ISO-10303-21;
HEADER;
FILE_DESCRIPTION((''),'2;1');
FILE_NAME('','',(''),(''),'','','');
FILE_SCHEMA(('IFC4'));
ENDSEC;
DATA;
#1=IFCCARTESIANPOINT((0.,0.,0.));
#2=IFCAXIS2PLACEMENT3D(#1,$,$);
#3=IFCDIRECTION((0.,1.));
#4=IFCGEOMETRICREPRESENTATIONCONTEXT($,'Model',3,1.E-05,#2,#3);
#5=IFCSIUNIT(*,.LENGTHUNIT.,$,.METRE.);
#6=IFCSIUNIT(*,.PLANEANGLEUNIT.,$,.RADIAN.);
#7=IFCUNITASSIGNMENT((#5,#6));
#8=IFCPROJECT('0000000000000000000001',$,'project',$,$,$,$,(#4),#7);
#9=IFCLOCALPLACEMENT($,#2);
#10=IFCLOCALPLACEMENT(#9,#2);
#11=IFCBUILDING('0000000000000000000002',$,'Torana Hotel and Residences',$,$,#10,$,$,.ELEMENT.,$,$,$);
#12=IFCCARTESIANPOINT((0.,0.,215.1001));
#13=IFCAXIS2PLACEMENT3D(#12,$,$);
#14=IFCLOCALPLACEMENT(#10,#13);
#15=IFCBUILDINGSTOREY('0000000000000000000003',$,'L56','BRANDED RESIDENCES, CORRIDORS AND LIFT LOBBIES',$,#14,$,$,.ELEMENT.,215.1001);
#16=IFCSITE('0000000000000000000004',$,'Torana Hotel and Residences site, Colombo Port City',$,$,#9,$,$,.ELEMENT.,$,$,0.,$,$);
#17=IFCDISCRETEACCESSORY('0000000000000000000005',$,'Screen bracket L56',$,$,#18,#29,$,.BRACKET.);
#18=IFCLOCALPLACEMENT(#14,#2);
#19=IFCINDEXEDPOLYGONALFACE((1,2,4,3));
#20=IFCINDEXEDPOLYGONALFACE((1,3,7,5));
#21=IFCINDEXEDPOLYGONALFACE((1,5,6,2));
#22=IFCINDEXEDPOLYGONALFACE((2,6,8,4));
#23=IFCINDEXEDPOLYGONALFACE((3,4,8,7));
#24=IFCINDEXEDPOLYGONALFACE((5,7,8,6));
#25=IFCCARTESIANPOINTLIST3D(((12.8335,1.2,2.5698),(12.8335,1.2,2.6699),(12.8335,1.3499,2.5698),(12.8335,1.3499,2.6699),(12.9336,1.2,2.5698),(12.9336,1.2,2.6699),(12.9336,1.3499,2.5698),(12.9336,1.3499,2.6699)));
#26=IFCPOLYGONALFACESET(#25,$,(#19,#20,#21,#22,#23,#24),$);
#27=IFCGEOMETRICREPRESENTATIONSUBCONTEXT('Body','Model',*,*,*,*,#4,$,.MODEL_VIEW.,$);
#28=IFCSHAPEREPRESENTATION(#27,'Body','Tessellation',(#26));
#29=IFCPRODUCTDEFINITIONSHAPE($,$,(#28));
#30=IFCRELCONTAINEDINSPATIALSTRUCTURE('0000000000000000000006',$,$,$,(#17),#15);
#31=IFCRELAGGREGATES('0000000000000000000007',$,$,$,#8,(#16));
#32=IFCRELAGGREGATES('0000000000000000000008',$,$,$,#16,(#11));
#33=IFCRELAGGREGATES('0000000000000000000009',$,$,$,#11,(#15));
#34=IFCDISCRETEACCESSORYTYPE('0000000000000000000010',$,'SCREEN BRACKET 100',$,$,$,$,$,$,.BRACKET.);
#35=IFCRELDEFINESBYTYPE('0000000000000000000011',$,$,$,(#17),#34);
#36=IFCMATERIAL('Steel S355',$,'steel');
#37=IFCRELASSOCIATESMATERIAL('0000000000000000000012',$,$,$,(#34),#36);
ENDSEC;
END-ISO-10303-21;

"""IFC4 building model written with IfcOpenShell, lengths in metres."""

from ifc_helpers import new_model, si_unit, direction, frame, origin, origin_2d, place, context, subcontext, project, spatial, rectangle, extrude, material, type_object, element, save


model = new_model("IFC4")

# Units and contexts
model_context = context("Model", 3, precision=1e-05, world=origin(), true_north=direction((0.0, 1.0)))
body_context = subcontext(model_context, "Body", "Model", "MODEL_VIEW")
ifc_project = project(units=[si_unit("LENGTHUNIT", "METRE"), si_unit("PLANEANGLEUNIT", "RADIAN")], contexts=[model_context])

# Site, building, storey
site_placement = place(None, origin())
site = spatial("IfcSite", under=ifc_project, at=site_placement, Name="Torana Hotel and Residences site, Colombo Port City", CompositionType="ELEMENT", RefElevation=0.0)
building_placement = place(site_placement, origin())
building = spatial("IfcBuilding", under=site, at=building_placement, Name="Torana Hotel and Residences", CompositionType="ELEMENT")
storey_placement = place(building_placement, frame((0.0, 0.0, 215.1001)))
storey = spatial("IfcBuildingStorey", under=building, at=storey_placement, Name="L56", Description="BRANDED RESIDENCES, CORRIDORS AND LIFT LOBBIES", CompositionType="ELEMENT", Elevation=215.1001)

# Discrete accessory
ifc_material_1 = material(Name="Steel S355", Category="steel")
discrete_accessory_type = type_object("IfcDiscreteAccessoryType", Name="SCREEN BRACKET 100", PredefinedType="BRACKET", material=ifc_material_1)
for number, where, z_axis, x_axis, name in (
    (1, (12.8835, 1.2749, 2.5698), (0.0, 0.0, 1.0), (-1.0, 0.0, 0.0), "Screen bracket L56"),
):
    element("IfcDiscreteAccessory", number, at=place(storey_placement, frame(where, z_axis=z_axis, x_axis=x_axis)), inside=storey, type_object=discrete_accessory_type, Name=name, PredefinedType="BRACKET", context=body_context, shape_type="SweptSolid", body=[
        extrude(rectangle(XDim=0.1001, YDim=0.1499, at=origin_2d()), origin(), (0.0, 0.0, 1.0), 0.1001),
    ])

save(model, "model.ifc")
